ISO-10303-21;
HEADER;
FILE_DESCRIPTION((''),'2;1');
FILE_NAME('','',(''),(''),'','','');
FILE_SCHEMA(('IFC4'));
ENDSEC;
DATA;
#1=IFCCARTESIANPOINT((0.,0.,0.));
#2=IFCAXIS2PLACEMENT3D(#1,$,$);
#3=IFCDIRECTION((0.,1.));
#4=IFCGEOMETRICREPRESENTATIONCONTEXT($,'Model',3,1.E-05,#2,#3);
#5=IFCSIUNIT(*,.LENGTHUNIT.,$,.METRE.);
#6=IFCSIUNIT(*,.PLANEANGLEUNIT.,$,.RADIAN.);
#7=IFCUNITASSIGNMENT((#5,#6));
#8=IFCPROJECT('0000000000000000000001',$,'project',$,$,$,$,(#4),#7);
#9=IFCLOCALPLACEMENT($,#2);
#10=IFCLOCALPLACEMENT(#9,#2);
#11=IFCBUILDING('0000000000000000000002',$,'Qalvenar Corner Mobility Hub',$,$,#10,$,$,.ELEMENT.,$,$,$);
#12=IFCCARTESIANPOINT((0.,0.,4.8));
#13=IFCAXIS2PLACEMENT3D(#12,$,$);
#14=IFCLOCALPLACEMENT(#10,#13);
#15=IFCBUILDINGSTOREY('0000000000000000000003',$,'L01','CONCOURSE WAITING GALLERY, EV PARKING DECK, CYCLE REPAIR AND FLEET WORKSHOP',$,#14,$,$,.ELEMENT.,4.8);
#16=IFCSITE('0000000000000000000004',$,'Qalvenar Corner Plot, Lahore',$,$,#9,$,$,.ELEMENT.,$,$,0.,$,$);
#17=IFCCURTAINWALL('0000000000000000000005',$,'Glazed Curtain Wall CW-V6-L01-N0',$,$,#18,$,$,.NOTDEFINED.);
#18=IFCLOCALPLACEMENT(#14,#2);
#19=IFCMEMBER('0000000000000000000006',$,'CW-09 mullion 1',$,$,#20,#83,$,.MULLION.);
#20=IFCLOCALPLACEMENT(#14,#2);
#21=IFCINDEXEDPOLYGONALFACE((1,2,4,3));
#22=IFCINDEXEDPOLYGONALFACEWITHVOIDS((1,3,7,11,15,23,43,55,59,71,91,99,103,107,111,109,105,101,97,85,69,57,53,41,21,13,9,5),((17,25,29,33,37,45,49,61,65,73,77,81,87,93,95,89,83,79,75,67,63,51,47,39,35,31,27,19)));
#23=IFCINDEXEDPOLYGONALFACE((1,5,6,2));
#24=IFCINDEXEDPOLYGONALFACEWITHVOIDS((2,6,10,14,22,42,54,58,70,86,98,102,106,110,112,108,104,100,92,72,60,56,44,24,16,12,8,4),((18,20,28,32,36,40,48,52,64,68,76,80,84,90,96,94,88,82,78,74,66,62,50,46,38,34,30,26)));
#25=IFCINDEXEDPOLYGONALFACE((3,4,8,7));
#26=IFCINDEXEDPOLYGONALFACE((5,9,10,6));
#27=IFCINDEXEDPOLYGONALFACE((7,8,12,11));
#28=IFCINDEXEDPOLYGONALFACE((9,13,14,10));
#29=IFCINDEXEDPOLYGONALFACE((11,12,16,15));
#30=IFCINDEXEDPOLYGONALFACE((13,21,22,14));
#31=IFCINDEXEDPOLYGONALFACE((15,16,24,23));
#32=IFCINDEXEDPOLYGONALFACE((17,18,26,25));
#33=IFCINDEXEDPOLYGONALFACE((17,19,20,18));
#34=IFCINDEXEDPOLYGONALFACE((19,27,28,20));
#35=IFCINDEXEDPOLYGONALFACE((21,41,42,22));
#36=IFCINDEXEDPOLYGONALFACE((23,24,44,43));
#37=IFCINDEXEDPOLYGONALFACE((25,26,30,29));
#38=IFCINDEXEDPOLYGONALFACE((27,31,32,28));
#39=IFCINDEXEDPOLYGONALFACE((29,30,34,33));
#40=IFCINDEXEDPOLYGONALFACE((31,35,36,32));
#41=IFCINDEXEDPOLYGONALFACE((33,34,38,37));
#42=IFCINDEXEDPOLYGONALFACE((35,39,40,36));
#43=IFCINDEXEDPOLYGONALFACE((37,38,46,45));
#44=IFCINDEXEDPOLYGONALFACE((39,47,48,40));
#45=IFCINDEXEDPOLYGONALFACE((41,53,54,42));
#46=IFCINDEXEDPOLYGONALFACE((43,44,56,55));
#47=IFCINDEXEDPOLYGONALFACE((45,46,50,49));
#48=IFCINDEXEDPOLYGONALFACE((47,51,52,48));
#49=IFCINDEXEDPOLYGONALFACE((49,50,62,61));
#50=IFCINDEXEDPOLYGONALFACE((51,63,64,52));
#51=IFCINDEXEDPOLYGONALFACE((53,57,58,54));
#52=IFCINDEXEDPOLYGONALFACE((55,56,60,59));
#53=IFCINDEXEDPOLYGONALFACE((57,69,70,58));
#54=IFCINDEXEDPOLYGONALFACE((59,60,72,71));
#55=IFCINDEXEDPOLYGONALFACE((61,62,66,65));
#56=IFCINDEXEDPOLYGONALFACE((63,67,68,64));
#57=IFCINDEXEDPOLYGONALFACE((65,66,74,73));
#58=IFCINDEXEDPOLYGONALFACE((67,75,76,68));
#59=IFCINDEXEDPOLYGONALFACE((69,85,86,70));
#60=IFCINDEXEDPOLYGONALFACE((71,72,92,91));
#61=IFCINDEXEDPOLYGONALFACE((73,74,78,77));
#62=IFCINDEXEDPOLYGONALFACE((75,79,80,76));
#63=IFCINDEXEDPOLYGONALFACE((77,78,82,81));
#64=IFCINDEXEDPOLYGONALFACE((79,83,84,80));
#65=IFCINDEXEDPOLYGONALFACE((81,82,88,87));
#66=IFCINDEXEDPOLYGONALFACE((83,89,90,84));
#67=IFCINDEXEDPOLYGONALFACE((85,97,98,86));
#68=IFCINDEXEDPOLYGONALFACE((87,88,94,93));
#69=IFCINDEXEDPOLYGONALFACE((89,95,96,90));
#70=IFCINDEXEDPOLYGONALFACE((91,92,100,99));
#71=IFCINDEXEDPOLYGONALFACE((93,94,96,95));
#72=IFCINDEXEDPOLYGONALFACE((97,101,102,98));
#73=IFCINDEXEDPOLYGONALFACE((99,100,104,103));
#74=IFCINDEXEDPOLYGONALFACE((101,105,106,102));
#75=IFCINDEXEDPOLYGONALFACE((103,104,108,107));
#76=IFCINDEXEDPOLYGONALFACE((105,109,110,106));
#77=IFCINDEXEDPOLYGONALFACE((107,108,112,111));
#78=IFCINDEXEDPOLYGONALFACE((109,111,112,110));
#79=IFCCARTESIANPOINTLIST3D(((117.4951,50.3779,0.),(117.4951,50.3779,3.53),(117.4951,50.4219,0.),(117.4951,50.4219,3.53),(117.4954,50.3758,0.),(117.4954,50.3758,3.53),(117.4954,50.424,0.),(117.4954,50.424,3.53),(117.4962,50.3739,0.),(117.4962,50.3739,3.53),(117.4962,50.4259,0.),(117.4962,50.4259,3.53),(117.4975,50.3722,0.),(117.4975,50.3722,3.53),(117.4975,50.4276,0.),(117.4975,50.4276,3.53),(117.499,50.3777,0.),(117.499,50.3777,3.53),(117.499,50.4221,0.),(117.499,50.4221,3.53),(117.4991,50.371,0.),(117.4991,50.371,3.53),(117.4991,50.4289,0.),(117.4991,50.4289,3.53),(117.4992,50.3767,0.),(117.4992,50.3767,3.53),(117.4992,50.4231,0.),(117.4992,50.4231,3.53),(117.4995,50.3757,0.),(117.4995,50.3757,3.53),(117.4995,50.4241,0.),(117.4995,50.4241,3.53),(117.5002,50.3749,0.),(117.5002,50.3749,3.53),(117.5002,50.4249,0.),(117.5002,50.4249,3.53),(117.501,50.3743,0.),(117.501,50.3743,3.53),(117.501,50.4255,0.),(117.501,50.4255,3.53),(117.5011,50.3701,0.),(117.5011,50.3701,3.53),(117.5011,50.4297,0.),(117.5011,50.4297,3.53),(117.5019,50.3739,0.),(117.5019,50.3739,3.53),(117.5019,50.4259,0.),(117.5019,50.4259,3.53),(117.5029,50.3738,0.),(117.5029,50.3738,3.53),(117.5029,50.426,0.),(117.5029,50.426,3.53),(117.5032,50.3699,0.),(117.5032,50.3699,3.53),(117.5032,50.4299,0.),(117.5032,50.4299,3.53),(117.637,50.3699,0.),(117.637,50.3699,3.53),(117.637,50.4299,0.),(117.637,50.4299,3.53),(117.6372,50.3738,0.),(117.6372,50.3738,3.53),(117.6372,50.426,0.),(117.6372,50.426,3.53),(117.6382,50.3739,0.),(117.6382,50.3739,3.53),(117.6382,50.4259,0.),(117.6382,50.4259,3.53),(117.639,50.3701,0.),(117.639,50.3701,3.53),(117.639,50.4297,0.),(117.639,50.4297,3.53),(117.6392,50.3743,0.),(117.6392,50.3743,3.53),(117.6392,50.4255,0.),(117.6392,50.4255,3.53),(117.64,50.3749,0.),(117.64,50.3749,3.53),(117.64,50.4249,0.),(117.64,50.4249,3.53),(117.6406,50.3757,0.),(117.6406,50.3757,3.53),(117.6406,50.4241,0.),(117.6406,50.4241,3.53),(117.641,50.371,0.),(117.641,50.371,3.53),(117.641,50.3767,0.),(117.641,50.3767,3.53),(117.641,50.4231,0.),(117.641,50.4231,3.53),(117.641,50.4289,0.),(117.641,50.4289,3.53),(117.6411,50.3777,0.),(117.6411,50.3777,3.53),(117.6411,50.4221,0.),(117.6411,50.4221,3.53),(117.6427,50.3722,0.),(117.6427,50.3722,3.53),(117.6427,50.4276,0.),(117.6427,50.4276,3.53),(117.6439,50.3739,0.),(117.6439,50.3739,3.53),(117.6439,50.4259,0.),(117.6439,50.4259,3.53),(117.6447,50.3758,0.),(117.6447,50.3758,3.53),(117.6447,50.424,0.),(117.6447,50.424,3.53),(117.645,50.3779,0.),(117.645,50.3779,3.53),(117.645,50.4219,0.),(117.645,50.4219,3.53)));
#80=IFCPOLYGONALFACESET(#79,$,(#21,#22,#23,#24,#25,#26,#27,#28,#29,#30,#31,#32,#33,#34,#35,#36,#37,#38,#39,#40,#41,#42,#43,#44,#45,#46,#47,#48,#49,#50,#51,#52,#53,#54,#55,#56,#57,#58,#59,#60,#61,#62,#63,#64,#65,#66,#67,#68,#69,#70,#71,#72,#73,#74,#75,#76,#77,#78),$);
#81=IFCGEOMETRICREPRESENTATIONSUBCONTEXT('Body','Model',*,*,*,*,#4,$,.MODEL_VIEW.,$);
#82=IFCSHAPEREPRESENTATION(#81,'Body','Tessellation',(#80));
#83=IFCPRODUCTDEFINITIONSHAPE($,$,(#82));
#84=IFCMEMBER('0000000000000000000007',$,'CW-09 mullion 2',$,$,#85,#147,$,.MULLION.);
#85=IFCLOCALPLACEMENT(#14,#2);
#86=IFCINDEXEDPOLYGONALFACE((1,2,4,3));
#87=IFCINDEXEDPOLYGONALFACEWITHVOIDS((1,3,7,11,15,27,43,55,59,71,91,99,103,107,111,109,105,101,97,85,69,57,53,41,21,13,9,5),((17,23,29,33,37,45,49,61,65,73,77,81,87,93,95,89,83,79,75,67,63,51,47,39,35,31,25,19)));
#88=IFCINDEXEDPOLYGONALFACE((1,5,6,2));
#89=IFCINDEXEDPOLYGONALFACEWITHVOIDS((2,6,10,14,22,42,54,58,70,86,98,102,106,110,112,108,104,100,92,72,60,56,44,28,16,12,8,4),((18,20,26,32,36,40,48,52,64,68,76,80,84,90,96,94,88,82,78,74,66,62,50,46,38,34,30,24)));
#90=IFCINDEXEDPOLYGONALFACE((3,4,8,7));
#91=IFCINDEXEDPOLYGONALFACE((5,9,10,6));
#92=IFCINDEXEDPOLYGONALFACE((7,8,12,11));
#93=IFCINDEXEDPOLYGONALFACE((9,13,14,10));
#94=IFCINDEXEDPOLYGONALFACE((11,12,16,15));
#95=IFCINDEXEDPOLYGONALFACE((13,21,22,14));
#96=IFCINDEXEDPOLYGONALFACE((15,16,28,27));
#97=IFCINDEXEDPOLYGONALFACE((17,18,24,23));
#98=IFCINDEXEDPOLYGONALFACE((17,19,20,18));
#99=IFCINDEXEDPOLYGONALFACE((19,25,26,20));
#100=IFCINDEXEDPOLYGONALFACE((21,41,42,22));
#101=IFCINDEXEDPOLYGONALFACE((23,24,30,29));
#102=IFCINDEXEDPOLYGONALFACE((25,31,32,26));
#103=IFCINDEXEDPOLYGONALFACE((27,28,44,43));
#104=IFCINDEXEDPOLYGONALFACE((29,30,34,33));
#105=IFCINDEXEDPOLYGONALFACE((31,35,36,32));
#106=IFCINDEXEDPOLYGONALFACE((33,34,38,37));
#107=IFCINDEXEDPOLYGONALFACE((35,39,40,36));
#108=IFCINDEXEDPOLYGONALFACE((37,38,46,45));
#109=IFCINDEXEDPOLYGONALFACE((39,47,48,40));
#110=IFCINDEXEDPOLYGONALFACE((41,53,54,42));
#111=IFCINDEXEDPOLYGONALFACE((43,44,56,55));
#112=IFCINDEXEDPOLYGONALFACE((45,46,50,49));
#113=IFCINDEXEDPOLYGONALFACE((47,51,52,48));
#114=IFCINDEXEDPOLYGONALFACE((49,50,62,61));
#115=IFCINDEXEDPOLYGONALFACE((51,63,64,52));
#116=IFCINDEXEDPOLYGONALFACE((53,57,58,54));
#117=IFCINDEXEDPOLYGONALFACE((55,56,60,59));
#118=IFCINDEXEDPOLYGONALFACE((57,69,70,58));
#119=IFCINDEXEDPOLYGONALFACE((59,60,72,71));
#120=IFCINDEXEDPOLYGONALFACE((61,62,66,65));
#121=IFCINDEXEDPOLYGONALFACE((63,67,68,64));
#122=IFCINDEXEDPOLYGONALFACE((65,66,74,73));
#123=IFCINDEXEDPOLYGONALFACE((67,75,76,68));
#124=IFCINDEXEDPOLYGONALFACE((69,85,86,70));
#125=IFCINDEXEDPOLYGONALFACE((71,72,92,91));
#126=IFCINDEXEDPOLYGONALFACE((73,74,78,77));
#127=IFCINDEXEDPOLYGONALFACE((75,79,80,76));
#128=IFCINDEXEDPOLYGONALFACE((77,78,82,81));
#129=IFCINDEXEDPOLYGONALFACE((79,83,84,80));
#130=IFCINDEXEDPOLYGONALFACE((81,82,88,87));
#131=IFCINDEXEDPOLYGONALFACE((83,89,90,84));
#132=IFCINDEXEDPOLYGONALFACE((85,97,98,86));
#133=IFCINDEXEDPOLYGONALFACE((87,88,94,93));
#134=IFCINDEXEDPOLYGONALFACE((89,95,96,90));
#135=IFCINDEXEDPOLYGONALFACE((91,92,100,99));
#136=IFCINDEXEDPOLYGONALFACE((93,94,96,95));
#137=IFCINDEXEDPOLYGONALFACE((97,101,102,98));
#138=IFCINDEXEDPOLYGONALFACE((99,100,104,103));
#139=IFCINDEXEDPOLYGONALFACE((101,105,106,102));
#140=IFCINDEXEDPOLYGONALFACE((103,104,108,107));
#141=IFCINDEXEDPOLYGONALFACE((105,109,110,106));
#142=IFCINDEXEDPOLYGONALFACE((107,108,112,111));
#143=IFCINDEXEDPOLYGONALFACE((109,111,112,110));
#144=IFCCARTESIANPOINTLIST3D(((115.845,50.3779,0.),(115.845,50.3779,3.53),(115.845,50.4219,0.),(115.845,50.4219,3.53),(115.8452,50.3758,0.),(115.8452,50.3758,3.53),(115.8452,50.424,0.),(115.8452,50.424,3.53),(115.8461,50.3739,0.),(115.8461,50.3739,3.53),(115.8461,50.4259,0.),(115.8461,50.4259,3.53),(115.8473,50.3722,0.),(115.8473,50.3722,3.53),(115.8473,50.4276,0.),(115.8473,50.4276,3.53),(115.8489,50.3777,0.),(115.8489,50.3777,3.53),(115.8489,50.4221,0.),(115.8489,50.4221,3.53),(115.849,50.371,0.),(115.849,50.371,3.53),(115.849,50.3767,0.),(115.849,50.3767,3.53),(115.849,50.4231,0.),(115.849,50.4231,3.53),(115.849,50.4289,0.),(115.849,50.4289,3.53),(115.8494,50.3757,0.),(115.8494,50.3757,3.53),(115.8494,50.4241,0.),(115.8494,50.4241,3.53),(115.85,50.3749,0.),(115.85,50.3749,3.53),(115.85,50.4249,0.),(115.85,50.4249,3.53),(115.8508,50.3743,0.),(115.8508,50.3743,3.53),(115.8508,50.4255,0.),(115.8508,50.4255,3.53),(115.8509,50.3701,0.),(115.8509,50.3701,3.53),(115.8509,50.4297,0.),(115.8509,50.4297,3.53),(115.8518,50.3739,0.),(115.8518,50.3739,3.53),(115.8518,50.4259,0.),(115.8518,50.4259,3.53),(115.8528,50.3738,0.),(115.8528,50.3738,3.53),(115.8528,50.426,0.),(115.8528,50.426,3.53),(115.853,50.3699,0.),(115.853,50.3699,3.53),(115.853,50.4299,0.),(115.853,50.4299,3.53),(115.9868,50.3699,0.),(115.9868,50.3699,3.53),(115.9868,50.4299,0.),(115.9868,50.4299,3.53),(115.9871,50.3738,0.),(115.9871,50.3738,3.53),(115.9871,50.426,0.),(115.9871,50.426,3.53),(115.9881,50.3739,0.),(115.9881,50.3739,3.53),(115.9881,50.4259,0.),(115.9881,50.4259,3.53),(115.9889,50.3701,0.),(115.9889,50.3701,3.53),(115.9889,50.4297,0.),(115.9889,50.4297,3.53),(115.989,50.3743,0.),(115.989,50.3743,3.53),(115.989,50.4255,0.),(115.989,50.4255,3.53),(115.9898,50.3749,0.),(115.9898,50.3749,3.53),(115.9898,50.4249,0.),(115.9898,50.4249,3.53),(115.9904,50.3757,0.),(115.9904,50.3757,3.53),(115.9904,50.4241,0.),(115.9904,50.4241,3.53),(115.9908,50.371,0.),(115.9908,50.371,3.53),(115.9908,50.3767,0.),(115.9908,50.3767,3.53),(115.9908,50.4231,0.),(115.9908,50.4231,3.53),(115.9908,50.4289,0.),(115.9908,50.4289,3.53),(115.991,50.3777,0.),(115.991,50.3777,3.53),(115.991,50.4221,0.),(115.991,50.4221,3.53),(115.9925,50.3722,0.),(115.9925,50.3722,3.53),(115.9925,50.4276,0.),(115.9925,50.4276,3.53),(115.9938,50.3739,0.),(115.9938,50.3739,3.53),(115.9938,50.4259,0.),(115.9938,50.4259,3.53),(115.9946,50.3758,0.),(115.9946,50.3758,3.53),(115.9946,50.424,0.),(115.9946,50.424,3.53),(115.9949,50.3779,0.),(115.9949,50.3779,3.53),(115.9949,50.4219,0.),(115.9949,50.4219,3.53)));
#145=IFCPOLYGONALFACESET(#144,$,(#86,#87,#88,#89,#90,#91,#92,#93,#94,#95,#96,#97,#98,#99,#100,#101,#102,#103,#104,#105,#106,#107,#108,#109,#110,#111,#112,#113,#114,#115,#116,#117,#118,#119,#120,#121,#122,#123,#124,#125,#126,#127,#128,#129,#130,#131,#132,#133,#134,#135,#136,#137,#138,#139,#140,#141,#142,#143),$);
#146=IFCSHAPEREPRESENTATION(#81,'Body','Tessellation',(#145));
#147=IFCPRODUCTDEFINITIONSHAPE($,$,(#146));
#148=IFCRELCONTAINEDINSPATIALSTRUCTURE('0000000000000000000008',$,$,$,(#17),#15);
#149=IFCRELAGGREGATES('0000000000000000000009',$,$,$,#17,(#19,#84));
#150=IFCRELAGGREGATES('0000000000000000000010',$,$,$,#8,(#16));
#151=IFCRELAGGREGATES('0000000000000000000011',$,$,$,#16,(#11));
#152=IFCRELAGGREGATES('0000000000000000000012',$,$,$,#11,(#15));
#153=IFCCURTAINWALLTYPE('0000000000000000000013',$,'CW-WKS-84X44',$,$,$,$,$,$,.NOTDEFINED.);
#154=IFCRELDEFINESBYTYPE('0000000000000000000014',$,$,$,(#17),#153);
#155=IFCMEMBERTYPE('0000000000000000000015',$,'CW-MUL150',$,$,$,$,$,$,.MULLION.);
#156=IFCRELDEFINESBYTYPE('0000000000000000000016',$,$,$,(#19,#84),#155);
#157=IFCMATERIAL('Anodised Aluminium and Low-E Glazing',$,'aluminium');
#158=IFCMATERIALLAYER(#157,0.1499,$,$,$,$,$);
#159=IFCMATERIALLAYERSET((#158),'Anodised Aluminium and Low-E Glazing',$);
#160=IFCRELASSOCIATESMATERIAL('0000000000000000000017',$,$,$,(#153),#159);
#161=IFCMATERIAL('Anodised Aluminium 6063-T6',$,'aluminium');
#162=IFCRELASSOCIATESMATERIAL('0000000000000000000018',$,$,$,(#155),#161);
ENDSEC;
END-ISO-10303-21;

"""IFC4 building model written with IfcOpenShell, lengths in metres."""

from ifc_helpers import new_model, si_unit, direction, frame, origin, origin_2d, place, context, subcontext, project, spatial, hollow_rectangle, extrude, material, layer, layer_set, material_profile, profile_set, type_object, element, aggregate, save


model = new_model("IFC4")

# Units and contexts
model_context = context("Model", 3, precision=1e-05, world=origin(), true_north=direction((0.0, 1.0)))
body_context = subcontext(model_context, "Body", "Model", "MODEL_VIEW")
ifc_project = project(units=[si_unit("LENGTHUNIT", "METRE"), si_unit("PLANEANGLEUNIT", "RADIAN")], contexts=[model_context])

# Site, building, storey
site_placement = place(None, origin())
site = spatial("IfcSite", under=ifc_project, at=site_placement, Name="Qalvenar Corner Plot, Lahore", CompositionType="ELEMENT", RefElevation=0.0)
building_placement = place(site_placement, origin())
building = spatial("IfcBuilding", under=site, at=building_placement, Name="Qalvenar Corner Mobility Hub", CompositionType="ELEMENT")
storey_placement = place(building_placement, frame((0.0, 0.0, 4.8)))
storey = spatial("IfcBuildingStorey", under=building, at=storey_placement, Name="L01", Description="CONCOURSE WAITING GALLERY, EV PARKING DECK, CYCLE REPAIR AND FLEET WORKSHOP", CompositionType="ELEMENT", Elevation=4.8)

# Curtain wall, members
ifc_material_1 = material(Name="Anodised Aluminium and Low-E Glazing", Category="aluminium")
ifc_layer_1 = layer(ifc_material_1, 0.1499)
ifc_layer_set_1 = layer_set([ifc_layer_1], Name="Anodised Aluminium and Low-E Glazing")
curtain_wall_type = type_object("IfcCurtainWallType", Name="CW-WKS-84X44", PredefinedType="NOTDEFINED", material=ifc_layer_set_1)
curtain_wall_placement = place(storey_placement, origin())
curtain_wall = element("IfcCurtainWall", 1, at=curtain_wall_placement, inside=storey, type_object=curtain_wall_type, Name="Glazed Curtain Wall CW-V6-L01-N0", PredefinedType="NOTDEFINED")
ifc_material_2 = material(Name="Anodised Aluminium 6063-T6", Category="aluminium")
ifc_material_profile_1 = material_profile(ifc_material_2, hollow_rectangle(XDim=0.0601, YDim=0.1499, WallThickness=0.0039, InnerFilletRadius=0.0039, OuterFilletRadius=0.0081, at=origin_2d()), Name="RHS150x60x4")
ifc_profile_set_1 = profile_set([ifc_material_profile_1], Name="Anodised Aluminium 6063-T6")
member_type_1 = type_object("IfcMemberType", Name="CW-MUL150", PredefinedType="MULLION", material=ifc_profile_set_1)
member_1_placement = place(storey_placement, frame((117.5701, 50.3999, 0.0), z_axis=(0.0, 0.0, 1.0), x_axis=(0.0, -1.0, 0.0)))
member_1 = element("IfcMember", 2, at=member_1_placement, type_object=member_type_1, Name="CW-09 mullion 1", PredefinedType="MULLION", context=body_context, shape_type="SweptSolid", body=[
    extrude(hollow_rectangle(XDim=0.0601, YDim=0.1499, WallThickness=0.0039, InnerFilletRadius=0.0039, OuterFilletRadius=0.0081, at=origin_2d()), origin(), (0.0, 0.0, 1.0), 3.53),
])
member_2_placement = place(storey_placement, frame((115.9199, 50.3999, 0.0), z_axis=(0.0, 0.0, 1.0), x_axis=(0.0, -1.0, 0.0)))
member_2 = element("IfcMember", 3, at=member_2_placement, type_object=member_type_1, Name="CW-09 mullion 2", PredefinedType="MULLION", context=body_context, shape_type="SweptSolid", body=[
    extrude(hollow_rectangle(XDim=0.0601, YDim=0.1499, WallThickness=0.0039, InnerFilletRadius=0.0039, OuterFilletRadius=0.0081, at=origin_2d()), origin(), (0.0, 0.0, 1.0), 3.53),
])

aggregate(curtain_wall, [member_1, member_2])

save(model, "model.ifc")
